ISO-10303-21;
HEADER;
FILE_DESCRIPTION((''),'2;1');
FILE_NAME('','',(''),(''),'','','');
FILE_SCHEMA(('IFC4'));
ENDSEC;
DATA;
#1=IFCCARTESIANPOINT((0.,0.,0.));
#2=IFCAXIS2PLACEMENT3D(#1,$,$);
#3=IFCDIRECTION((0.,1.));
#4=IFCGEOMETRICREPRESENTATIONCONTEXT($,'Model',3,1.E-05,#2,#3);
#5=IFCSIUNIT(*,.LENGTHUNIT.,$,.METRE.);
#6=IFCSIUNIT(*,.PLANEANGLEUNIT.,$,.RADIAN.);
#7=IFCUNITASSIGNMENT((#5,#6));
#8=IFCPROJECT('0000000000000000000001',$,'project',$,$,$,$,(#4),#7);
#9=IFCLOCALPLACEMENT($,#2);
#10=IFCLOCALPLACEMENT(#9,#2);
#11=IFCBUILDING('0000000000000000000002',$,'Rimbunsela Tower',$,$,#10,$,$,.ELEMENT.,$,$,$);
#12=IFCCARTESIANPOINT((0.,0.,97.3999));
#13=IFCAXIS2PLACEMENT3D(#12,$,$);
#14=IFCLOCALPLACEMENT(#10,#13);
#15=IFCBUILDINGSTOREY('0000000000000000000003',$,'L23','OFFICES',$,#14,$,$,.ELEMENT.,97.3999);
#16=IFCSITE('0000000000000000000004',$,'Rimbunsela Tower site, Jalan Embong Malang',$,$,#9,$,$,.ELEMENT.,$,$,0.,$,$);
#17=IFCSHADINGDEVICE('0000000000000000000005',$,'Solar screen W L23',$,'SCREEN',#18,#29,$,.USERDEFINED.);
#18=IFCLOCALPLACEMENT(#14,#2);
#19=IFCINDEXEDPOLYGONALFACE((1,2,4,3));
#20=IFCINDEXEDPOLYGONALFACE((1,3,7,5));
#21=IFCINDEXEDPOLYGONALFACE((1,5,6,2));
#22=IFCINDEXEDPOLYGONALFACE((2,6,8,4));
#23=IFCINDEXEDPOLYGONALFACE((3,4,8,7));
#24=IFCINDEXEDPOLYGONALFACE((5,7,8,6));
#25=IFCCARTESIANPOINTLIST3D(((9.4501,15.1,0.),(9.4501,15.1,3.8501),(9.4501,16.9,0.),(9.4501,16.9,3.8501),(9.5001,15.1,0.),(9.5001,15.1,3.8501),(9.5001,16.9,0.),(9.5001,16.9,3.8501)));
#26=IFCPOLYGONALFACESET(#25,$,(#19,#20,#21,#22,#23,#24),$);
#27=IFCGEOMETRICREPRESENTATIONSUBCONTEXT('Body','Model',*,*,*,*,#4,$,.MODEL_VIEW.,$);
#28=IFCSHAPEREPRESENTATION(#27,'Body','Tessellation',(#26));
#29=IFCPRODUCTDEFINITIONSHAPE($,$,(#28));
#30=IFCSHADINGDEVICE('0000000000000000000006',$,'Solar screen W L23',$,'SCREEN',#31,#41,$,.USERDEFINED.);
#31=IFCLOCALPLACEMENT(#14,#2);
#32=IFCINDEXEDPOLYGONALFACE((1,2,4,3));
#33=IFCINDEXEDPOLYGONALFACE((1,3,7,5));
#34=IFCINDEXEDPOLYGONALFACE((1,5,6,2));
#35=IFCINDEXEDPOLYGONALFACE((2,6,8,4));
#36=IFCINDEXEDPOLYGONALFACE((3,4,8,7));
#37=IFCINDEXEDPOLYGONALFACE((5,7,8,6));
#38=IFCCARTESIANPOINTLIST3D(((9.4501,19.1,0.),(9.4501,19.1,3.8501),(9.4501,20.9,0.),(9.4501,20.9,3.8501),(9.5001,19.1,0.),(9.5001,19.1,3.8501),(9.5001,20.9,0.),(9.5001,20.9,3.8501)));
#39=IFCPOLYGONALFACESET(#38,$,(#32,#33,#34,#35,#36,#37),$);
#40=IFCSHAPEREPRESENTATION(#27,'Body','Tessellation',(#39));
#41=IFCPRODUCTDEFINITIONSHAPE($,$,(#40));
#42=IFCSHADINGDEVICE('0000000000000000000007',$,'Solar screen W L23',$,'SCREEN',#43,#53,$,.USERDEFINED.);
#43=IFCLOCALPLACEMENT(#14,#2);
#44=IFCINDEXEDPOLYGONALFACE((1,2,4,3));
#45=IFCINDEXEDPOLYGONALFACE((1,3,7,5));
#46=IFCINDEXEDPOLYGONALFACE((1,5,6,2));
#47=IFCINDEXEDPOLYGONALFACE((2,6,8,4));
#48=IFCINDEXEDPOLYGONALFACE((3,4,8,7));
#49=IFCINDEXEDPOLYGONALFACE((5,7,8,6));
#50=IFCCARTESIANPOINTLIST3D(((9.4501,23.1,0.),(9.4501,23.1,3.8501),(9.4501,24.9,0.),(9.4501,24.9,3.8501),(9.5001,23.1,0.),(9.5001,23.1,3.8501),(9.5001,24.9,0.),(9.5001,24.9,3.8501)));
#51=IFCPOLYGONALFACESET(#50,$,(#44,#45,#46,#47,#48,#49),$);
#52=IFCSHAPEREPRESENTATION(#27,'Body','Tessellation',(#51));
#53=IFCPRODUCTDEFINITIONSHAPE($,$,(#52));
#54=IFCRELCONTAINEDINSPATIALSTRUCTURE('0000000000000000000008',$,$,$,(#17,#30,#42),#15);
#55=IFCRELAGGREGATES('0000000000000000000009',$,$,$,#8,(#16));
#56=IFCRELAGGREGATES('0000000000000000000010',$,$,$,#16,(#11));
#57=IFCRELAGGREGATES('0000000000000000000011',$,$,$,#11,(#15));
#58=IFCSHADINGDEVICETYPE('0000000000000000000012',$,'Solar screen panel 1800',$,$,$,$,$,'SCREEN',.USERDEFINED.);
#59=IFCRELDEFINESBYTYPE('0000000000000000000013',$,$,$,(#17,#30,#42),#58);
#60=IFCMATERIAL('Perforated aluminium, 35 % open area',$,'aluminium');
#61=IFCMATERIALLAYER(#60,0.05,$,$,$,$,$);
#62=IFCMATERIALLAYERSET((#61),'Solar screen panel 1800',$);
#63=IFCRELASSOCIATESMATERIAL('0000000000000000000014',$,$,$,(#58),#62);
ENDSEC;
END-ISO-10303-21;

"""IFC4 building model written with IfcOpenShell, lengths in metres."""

from ifc_helpers import new_model, si_unit, direction, frame, origin, origin_2d, place, context, subcontext, project, spatial, rectangle, extrude, material, layer, layer_set, type_object, element, save


model = new_model("IFC4")

# Units and contexts
model_context = context("Model", 3, precision=1e-05, world=origin(), true_north=direction((0.0, 1.0)))
body_context = subcontext(model_context, "Body", "Model", "MODEL_VIEW")
ifc_project = project(units=[si_unit("LENGTHUNIT", "METRE"), si_unit("PLANEANGLEUNIT", "RADIAN")], contexts=[model_context])

# Site, building, storey
site_placement = place(None, origin())
site = spatial("IfcSite", under=ifc_project, at=site_placement, Name="Rimbunsela Tower site, Jalan Embong Malang", CompositionType="ELEMENT", RefElevation=0.0)
building_placement = place(site_placement, origin())
building = spatial("IfcBuilding", under=site, at=building_placement, Name="Rimbunsela Tower", CompositionType="ELEMENT")
storey_placement = place(building_placement, frame((0.0, 0.0, 97.3999)))
storey = spatial("IfcBuildingStorey", under=building, at=storey_placement, Name="L23", Description="OFFICES", CompositionType="ELEMENT", Elevation=97.3999)

# Shading devices
ifc_material_1 = material(Name="Perforated aluminium, 35 % open area", Category="aluminium")
ifc_layer_1 = layer(ifc_material_1, 0.05)
ifc_layer_set_1 = layer_set([ifc_layer_1], Name="Solar screen panel 1800")
shading_device_type = type_object("IfcShadingDeviceType", Name="Solar screen panel 1800", ElementType="SCREEN", PredefinedType="USERDEFINED", material=ifc_layer_set_1)
for number, where, z_axis, x_axis, name in (
    (1, (9.4751, 16.0, 0.0), (0.0, 0.0, 1.0), (0.0, 1.0, 0.0), "Solar screen W L23"),
    (2, (9.4751, 20.0, 0.0), (0.0, 0.0, 1.0), (0.0, 1.0, 0.0), "Solar screen W L23"),
    (3, (9.4751, 24.0, 0.0), (0.0, 0.0, 1.0), (0.0, 1.0, 0.0), "Solar screen W L23"),
):
    element("IfcShadingDevice", number, at=place(storey_placement, frame(where, z_axis=z_axis, x_axis=x_axis)), inside=storey, type_object=shading_device_type, Name=name, ObjectType="SCREEN", PredefinedType="USERDEFINED", context=body_context, shape_type="SweptSolid", body=[
        extrude(rectangle(XDim=1.8, YDim=0.05, at=origin_2d()), origin(), (0.0, 0.0, 1.0), 3.8501),
    ])

save(model, "model.ifc")
